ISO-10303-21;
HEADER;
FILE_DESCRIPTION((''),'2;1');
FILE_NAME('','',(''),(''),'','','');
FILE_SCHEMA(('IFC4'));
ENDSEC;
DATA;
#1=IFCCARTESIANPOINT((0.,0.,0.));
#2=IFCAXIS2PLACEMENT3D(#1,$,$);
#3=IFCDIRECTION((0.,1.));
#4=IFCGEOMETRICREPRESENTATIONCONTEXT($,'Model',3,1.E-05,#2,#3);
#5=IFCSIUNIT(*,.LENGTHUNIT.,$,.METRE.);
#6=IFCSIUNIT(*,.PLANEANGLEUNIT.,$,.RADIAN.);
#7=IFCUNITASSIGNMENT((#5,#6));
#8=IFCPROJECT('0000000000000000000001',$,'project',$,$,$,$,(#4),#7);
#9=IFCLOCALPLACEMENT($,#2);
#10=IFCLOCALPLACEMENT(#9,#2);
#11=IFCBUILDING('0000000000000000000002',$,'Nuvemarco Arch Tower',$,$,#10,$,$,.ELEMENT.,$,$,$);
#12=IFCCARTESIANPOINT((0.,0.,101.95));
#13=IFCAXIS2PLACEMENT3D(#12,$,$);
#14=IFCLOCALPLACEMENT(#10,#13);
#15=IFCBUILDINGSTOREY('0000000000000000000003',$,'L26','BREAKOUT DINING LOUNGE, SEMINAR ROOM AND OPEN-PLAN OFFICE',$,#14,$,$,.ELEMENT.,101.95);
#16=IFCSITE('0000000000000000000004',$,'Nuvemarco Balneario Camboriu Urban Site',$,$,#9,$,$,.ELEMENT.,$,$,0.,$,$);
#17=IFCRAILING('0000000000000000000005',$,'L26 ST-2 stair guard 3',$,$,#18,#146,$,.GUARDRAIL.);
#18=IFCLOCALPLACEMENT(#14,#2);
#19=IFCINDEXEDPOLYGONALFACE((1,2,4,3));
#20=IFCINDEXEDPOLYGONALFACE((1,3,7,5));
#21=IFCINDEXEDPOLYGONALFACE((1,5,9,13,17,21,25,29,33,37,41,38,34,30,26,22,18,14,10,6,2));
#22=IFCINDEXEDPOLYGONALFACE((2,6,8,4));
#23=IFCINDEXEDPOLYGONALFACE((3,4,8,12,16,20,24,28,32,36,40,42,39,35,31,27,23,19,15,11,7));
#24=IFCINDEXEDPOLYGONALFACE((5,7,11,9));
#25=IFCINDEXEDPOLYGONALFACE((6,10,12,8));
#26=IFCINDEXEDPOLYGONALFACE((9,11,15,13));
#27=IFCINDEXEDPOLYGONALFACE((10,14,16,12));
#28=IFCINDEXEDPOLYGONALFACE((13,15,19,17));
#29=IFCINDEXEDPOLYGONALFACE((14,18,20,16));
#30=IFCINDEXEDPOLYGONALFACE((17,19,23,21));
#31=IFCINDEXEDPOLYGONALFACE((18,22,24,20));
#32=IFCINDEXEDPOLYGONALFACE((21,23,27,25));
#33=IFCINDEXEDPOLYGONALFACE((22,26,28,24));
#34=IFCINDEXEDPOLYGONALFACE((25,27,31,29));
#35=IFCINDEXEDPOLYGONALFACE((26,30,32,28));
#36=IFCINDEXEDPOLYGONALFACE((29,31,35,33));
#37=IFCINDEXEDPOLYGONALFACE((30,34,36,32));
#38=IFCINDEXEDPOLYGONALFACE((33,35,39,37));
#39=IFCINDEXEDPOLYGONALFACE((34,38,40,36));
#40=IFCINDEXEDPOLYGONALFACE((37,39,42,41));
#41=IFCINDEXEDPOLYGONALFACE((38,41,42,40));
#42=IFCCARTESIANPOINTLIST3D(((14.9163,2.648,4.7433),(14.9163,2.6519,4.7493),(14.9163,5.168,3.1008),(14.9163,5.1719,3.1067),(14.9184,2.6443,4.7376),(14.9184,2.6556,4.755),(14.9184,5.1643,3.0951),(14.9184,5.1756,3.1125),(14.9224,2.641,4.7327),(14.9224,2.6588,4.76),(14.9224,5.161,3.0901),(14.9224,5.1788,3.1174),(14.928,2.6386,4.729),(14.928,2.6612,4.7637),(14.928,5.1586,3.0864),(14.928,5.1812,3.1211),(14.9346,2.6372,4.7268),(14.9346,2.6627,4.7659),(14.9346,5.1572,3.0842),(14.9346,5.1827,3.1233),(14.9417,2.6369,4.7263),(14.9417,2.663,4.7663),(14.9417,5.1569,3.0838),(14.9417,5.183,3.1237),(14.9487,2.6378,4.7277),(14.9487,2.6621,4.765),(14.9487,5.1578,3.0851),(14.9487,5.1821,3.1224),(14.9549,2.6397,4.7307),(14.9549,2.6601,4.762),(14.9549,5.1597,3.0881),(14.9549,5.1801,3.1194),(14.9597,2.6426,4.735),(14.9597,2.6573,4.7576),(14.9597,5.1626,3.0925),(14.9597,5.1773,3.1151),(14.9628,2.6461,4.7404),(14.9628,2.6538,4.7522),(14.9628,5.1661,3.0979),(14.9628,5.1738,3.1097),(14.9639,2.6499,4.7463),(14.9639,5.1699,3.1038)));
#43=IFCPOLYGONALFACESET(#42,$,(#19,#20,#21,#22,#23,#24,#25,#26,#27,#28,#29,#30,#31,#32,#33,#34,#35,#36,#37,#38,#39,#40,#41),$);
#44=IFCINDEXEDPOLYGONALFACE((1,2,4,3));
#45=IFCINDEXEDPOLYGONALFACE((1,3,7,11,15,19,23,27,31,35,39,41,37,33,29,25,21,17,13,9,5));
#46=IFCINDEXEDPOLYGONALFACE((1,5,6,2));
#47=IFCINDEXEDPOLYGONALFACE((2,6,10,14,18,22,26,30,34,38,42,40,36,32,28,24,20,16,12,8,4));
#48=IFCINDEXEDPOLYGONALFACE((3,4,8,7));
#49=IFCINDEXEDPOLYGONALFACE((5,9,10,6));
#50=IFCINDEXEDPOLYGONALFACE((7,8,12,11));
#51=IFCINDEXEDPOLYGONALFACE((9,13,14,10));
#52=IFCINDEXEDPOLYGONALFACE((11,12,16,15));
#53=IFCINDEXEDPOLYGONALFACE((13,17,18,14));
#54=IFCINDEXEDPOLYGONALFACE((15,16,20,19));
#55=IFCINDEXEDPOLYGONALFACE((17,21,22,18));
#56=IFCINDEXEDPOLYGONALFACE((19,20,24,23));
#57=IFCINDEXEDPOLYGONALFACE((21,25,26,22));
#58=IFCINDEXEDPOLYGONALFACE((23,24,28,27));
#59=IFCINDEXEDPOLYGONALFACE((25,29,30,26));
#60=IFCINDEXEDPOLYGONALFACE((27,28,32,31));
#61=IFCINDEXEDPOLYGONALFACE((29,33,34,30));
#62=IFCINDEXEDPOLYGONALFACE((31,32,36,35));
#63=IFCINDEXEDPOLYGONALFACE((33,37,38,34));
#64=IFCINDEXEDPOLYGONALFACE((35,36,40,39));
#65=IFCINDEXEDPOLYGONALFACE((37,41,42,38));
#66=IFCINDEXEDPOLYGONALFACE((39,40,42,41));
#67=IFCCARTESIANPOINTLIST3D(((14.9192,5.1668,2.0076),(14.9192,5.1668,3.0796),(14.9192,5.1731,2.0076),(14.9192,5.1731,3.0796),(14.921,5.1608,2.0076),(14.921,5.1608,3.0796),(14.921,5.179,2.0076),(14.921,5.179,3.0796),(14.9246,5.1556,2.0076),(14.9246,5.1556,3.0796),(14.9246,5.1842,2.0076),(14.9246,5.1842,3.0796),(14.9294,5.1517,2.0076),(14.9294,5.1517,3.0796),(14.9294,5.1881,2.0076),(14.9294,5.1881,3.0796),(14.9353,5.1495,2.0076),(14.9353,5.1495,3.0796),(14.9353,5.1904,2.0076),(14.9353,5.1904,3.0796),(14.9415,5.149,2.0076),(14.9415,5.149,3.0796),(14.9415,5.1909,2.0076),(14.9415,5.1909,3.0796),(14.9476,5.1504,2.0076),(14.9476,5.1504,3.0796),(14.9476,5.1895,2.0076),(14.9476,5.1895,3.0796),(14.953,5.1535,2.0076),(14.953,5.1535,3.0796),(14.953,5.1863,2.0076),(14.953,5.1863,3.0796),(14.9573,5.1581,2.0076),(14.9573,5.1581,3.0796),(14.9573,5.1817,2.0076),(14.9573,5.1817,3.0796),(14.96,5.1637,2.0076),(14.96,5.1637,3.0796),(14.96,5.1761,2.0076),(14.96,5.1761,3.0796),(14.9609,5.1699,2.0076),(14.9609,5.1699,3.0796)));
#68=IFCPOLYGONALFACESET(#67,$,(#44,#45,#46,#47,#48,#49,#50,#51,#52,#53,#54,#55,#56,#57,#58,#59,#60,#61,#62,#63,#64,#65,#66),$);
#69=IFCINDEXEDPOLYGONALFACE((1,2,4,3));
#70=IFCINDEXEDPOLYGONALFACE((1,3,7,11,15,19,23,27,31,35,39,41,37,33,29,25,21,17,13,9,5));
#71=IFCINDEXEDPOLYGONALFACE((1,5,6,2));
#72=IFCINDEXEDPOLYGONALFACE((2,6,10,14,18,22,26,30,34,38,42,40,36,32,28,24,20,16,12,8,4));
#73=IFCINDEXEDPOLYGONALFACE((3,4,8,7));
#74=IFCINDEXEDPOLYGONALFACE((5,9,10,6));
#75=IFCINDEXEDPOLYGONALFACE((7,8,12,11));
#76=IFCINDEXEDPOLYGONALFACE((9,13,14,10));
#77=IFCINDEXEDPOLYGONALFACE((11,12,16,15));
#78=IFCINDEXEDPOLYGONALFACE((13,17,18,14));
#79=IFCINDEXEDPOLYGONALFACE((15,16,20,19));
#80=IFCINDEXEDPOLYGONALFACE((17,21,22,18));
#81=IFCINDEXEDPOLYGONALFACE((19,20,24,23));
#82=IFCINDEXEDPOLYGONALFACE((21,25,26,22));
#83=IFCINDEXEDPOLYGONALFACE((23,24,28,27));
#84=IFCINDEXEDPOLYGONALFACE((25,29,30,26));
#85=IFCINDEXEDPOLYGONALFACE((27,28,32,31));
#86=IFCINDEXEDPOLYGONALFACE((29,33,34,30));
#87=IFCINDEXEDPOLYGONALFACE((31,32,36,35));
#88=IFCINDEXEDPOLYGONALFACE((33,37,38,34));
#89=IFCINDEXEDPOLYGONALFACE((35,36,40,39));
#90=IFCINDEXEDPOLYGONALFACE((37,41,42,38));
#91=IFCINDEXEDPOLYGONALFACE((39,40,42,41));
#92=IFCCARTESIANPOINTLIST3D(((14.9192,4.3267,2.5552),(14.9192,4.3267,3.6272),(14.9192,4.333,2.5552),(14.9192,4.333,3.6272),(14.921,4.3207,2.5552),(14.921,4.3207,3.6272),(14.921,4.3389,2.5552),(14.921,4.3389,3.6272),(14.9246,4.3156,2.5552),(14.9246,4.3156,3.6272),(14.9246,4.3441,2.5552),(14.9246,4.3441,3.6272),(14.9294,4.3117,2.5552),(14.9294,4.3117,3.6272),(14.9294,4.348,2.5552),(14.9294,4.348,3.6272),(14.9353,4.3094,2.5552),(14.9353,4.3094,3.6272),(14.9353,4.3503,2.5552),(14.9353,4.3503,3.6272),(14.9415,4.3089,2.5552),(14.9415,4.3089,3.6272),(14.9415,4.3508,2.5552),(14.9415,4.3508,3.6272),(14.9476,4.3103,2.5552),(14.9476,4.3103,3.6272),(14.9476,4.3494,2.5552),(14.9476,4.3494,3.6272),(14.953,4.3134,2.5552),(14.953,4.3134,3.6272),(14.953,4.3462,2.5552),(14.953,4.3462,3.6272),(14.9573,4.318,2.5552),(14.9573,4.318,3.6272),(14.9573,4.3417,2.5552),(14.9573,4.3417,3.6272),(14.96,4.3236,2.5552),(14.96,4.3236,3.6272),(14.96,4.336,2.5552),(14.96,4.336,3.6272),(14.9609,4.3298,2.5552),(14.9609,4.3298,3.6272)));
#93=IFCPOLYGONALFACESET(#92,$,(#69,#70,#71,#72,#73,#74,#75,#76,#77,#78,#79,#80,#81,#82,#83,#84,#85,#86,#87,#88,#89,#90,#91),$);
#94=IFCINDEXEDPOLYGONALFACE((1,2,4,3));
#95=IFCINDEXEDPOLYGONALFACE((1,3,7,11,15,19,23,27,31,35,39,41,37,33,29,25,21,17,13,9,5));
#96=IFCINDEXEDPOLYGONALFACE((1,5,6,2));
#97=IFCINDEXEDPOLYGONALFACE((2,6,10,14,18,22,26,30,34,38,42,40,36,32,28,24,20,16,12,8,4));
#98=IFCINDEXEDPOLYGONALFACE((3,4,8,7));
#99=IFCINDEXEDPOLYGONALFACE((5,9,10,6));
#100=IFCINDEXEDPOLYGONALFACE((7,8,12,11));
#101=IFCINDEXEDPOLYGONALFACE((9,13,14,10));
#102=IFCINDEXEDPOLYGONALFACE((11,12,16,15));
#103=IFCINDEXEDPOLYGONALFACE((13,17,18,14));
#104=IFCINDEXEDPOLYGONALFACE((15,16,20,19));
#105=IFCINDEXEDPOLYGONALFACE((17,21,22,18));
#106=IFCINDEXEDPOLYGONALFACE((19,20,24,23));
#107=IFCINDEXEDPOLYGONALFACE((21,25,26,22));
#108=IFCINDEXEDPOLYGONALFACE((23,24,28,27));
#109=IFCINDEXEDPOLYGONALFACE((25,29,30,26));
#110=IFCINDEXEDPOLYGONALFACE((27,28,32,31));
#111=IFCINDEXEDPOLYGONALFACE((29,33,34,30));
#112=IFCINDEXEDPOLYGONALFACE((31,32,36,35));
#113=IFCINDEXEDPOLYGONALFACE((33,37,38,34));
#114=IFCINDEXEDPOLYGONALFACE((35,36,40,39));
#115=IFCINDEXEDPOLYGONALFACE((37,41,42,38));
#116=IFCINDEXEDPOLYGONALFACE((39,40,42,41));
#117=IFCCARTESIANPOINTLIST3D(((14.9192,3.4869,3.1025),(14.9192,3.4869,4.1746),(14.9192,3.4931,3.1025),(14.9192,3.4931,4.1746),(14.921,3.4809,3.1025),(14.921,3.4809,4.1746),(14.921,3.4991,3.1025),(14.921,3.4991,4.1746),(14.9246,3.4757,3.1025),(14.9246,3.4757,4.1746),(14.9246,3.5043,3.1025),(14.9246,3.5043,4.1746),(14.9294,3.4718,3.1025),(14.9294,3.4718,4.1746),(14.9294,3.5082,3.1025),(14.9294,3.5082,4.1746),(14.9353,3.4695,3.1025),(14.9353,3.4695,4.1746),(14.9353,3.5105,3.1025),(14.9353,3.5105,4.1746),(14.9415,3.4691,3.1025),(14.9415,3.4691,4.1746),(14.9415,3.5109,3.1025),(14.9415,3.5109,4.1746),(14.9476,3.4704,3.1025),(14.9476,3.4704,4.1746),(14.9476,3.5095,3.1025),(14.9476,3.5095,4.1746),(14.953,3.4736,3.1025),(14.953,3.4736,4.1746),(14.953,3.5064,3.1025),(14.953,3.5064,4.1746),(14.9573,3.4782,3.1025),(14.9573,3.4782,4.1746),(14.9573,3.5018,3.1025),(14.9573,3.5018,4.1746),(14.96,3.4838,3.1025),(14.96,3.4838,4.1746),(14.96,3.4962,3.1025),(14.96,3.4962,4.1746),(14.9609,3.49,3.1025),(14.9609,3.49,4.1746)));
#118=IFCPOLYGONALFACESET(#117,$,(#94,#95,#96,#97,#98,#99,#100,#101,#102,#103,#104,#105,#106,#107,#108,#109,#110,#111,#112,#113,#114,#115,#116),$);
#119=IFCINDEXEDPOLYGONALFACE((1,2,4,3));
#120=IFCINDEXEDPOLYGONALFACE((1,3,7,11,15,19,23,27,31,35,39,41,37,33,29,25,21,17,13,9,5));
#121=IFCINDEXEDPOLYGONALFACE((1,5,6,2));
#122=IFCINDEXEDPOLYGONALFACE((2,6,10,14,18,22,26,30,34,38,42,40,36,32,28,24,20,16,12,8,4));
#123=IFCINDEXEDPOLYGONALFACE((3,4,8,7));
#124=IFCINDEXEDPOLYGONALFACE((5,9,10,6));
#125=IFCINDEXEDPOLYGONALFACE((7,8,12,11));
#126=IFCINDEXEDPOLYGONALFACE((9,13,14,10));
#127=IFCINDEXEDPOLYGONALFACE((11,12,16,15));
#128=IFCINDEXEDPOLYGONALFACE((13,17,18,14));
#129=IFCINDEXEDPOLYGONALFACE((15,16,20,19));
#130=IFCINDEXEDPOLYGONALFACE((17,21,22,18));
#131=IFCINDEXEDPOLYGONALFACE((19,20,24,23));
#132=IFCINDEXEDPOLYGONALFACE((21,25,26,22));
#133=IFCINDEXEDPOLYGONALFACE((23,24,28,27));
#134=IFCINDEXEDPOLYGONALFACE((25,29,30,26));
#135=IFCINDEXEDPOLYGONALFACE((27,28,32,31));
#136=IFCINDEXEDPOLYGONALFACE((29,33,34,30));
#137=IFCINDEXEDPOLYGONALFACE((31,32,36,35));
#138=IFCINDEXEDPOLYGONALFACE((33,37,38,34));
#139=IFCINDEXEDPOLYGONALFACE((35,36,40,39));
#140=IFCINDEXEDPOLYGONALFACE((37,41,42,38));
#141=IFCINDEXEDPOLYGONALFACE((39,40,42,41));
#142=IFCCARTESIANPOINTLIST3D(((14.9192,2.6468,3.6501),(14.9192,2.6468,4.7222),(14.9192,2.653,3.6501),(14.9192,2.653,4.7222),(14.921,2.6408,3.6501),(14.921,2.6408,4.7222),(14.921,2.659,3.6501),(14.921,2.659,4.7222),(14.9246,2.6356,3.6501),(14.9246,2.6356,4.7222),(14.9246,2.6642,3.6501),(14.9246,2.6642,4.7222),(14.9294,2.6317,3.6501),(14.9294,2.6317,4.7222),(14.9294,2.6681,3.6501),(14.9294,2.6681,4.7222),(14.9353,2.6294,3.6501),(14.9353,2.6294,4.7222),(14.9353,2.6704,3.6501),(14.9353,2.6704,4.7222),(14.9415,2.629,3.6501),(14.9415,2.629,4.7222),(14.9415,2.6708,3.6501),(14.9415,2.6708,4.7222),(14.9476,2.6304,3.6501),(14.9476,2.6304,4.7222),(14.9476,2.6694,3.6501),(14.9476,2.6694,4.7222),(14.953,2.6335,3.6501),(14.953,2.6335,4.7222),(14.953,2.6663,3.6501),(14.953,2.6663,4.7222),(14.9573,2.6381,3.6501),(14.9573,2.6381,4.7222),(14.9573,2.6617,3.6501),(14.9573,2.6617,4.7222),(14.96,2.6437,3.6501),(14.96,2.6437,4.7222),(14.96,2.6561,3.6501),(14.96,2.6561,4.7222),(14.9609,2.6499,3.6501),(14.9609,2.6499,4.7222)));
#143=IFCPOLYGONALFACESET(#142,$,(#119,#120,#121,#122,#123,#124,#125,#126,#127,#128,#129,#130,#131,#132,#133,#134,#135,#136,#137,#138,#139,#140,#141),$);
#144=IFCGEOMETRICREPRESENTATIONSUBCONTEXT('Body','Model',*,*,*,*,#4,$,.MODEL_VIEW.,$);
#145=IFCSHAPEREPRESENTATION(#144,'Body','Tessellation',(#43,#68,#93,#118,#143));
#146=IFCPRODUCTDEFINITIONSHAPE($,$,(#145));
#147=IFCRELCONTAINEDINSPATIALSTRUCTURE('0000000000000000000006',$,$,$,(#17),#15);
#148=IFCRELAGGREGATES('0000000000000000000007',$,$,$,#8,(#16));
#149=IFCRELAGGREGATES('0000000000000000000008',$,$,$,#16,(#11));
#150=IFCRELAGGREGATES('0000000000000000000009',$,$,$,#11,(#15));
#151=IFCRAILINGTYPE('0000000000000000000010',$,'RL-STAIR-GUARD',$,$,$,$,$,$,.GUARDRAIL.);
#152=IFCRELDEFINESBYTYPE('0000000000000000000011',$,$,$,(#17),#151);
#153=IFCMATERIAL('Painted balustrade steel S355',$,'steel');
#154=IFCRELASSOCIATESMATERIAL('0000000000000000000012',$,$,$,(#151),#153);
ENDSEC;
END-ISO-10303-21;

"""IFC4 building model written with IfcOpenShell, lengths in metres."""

from ifc_helpers import new_model, si_unit, direction, frame, origin, origin_2d, place, context, subcontext, project, spatial, circle, extrude, material, type_object, element, save


model = new_model("IFC4")

# Units and contexts
model_context = context("Model", 3, precision=1e-05, world=origin(), true_north=direction((0.0, 1.0)))
body_context = subcontext(model_context, "Body", "Model", "MODEL_VIEW")
ifc_project = project(units=[si_unit("LENGTHUNIT", "METRE"), si_unit("PLANEANGLEUNIT", "RADIAN")], contexts=[model_context])

# Site, building, storey
site_placement = place(None, origin())
site = spatial("IfcSite", under=ifc_project, at=site_placement, Name="Nuvemarco Balneario Camboriu Urban Site", CompositionType="ELEMENT", RefElevation=0.0)
building_placement = place(site_placement, origin())
building = spatial("IfcBuilding", under=site, at=building_placement, Name="Nuvemarco Arch Tower", CompositionType="ELEMENT")
storey_placement = place(building_placement, frame((0.0, 0.0, 101.95)))
storey = spatial("IfcBuildingStorey", under=building, at=storey_placement, Name="L26", Description="BREAKOUT DINING LOUNGE, SEMINAR ROOM AND OPEN-PLAN OFFICE", CompositionType="ELEMENT", Elevation=101.95)

# Railing
ifc_material_1 = material(Name="Painted balustrade steel S355", Category="steel")
railing_type_1 = type_object("IfcRailingType", Name="RL-STAIR-GUARD", PredefinedType="GUARDRAIL", material=ifc_material_1)
railing_1_placement = place(storey_placement, frame((14.9399, 5.1699, 2.0076)))
element("IfcRailing", 1, at=railing_1_placement, inside=storey, type_object=railing_type_1, Name="L26 ST-2 stair guard 3", PredefinedType="GUARDRAIL", context=body_context, shape_type="SweptSolid", body=[
    extrude(circle(Radius=0.0239, at=origin_2d()), frame((0.0, 0.0, 1.0962), z_axis=(0.0, -0.837749, 0.546055), x_axis=(1.0, 0.0, 0.0)), (0.0, 0.0, 1.0), 3.0081),
    extrude(circle(Radius=0.021, at=origin_2d()), origin(), (0.0, 0.0, 1.0), 1.072),
    extrude(circle(Radius=0.021, at=origin_2d()), frame((0.0, -0.8401, 0.5476)), (0.0, 0.0, 1.0), 1.072),
    extrude(circle(Radius=0.021, at=origin_2d()), frame((0.0, -1.6799, 1.095)), (0.0, 0.0, 1.0), 1.072),
    extrude(circle(Radius=0.021, at=origin_2d()), frame((0.0, -2.52, 1.6426)), (0.0, 0.0, 1.0), 1.072),
])

save(model, "model.ifc")
